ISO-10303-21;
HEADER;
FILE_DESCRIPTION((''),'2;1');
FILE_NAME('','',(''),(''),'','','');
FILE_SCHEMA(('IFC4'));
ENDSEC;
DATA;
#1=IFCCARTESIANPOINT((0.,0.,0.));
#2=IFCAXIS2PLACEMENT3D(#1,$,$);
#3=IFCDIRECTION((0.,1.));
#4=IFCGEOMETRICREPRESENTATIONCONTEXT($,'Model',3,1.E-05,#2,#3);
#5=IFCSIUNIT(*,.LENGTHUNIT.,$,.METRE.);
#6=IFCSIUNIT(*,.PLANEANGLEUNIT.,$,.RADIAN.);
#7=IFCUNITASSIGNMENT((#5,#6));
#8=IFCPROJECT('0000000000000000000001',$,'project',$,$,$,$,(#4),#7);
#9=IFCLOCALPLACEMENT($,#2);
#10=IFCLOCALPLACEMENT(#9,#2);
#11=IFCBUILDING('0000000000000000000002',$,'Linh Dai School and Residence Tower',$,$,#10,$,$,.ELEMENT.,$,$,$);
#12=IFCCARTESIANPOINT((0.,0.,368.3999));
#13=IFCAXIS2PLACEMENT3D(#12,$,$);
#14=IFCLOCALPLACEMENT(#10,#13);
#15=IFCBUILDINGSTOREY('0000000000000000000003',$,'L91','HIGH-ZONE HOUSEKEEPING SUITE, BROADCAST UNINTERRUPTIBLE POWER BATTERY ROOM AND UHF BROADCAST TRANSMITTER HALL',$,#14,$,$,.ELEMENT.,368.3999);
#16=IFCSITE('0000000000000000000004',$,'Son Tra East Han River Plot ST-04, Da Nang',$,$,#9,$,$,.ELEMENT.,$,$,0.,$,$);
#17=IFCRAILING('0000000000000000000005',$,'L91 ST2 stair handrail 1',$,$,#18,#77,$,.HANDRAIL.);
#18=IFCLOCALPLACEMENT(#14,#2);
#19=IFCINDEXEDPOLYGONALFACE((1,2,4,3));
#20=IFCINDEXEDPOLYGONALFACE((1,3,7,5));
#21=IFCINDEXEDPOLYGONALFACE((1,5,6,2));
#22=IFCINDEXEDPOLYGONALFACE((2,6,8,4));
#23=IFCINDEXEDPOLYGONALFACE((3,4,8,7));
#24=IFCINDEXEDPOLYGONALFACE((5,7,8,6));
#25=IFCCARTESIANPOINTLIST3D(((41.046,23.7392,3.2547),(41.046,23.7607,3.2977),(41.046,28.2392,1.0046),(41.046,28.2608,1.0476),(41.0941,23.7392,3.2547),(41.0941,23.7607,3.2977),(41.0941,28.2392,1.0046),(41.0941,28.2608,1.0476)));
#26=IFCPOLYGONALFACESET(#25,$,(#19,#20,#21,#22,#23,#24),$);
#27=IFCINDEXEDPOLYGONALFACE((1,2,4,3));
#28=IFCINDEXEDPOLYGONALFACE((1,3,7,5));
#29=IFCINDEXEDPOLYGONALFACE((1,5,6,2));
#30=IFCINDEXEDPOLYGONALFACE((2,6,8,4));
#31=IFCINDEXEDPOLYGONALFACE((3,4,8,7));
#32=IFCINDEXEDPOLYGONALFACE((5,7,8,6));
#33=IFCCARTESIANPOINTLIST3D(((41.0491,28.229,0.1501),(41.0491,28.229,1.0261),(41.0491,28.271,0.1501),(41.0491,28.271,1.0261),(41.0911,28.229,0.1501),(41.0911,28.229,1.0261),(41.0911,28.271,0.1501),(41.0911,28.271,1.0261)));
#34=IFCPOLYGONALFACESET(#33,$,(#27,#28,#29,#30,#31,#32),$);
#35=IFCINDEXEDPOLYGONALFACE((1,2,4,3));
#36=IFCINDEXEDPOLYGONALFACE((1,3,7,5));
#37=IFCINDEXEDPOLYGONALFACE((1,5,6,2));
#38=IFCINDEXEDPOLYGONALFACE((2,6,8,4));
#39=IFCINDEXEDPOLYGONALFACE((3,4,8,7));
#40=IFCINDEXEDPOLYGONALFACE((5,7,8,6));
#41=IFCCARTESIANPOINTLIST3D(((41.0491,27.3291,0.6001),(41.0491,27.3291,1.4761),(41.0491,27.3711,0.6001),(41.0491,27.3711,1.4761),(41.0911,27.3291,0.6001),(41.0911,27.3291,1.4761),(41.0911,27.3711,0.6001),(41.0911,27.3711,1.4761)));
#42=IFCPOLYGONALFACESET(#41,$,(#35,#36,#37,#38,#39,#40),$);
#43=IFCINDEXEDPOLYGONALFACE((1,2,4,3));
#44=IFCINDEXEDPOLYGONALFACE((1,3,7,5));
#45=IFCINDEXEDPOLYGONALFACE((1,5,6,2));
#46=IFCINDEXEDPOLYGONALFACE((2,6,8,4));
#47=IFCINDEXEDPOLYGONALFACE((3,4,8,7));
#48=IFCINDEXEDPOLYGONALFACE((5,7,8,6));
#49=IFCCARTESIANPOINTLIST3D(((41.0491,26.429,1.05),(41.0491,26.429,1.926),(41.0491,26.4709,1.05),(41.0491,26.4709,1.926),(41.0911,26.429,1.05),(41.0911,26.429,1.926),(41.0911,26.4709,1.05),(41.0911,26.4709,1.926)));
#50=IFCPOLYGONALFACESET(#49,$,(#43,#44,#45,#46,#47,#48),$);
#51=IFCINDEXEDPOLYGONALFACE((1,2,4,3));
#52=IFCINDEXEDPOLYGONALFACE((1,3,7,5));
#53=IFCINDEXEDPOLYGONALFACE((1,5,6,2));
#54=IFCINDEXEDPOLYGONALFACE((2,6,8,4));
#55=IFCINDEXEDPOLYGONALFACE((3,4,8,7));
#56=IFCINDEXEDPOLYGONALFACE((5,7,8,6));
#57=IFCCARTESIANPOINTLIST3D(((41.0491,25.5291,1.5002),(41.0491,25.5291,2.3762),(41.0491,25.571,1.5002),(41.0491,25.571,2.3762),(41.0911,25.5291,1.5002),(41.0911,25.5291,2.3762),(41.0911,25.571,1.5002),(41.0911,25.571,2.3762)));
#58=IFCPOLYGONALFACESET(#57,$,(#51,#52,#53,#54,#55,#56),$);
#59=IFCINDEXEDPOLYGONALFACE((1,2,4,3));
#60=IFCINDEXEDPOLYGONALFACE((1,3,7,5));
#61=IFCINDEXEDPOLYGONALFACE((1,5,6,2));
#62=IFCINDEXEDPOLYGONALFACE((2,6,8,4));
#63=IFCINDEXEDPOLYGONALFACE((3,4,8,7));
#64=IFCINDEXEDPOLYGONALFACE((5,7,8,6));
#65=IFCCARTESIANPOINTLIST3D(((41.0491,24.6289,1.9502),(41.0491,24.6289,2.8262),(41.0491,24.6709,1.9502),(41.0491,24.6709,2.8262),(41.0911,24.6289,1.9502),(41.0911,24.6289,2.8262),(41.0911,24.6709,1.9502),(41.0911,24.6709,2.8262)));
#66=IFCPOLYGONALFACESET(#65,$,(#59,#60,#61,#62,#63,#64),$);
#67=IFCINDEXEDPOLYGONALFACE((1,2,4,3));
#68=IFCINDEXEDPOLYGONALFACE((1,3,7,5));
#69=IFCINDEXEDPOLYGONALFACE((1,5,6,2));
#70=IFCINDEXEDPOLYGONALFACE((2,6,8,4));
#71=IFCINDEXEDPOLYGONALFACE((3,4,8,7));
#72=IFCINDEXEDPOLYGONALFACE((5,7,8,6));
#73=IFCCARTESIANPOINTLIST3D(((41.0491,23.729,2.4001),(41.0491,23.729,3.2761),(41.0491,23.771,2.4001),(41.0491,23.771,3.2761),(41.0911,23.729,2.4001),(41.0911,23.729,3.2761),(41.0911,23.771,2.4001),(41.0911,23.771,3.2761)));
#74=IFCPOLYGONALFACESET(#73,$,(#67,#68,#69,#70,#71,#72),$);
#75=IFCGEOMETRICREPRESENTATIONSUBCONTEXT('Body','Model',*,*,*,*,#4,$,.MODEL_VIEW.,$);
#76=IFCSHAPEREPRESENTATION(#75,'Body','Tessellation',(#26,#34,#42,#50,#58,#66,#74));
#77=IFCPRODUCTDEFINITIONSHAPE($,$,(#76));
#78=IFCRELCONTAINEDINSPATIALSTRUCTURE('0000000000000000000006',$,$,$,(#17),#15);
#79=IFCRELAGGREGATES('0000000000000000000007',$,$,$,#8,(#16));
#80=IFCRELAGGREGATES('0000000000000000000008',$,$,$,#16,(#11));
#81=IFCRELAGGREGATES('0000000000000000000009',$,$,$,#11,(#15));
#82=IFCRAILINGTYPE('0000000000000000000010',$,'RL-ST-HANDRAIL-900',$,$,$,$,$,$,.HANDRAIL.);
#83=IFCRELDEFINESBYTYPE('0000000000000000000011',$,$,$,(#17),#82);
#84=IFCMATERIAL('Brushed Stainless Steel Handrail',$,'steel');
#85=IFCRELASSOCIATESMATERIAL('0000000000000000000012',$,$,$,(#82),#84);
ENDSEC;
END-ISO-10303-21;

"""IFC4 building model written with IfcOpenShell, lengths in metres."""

from ifc_helpers import new_model, si_unit, direction, frame, origin, origin_2d, place, context, subcontext, project, spatial, rectangle, extrude, source, transform, mapped, material, type_object, element, save


model = new_model("IFC4")

# Units and contexts
model_context = context("Model", 3, precision=1e-05, world=origin(), true_north=direction((0.0, 1.0)))
body_context = subcontext(model_context, "Body", "Model", "MODEL_VIEW")
ifc_project = project(units=[si_unit("LENGTHUNIT", "METRE"), si_unit("PLANEANGLEUNIT", "RADIAN")], contexts=[model_context])

# Site, building, storey
site_placement = place(None, origin())
site = spatial("IfcSite", under=ifc_project, at=site_placement, Name="Son Tra East Han River Plot ST-04, Da Nang", CompositionType="ELEMENT", RefElevation=0.0)
building_placement = place(site_placement, origin())
building = spatial("IfcBuilding", under=site, at=building_placement, Name="Linh Dai School and Residence Tower", CompositionType="ELEMENT")
storey_placement = place(building_placement, frame((0.0, 0.0, 368.3999)))
storey = spatial("IfcBuildingStorey", under=building, at=storey_placement, Name="L91", Description="HIGH-ZONE HOUSEKEEPING SUITE, BROADCAST UNINTERRUPTIBLE POWER BATTERY ROOM AND UHF BROADCAST TRANSMITTER HALL", CompositionType="ELEMENT", Elevation=368.3999)

# Railing
ifc_material_1 = material(Name="Brushed Stainless Steel Handrail", Category="steel")
railing_type_1 = type_object("IfcRailingType", Name="RL-ST-HANDRAIL-900", PredefinedType="HANDRAIL", material=ifc_material_1)
shared_shape_1 = source(origin(), body_context, "Body", "SweptSolid", [
    extrude(rectangle(XDim=0.0481, YDim=0.0481, at=origin_2d()), frame((0.0, 0.0, 0.876), z_axis=(0.0, -0.894427, 0.447214), x_axis=(1.0, 0.0, 0.0)), (0.0, 0.0, 1.0), 5.0312),
    extrude(rectangle(XDim=0.042, YDim=0.042, at=origin_2d()), origin(), (0.0, 0.0, 1.0), 0.876),
    extrude(rectangle(XDim=0.042, YDim=0.042, at=origin_2d()), frame((0.0, -0.8999, 0.45)), (0.0, 0.0, 1.0), 0.876),
    extrude(rectangle(XDim=0.042, YDim=0.042, at=origin_2d()), frame((0.0, -1.8, 0.8999)), (0.0, 0.0, 1.0), 0.876),
    extrude(rectangle(XDim=0.042, YDim=0.042, at=origin_2d()), frame((0.0, -2.7, 1.3501)), (0.0, 0.0, 1.0), 0.876),
    extrude(rectangle(XDim=0.042, YDim=0.042, at=origin_2d()), frame((0.0, -3.6001, 1.8)), (0.0, 0.0, 1.0), 0.876),
    extrude(rectangle(XDim=0.042, YDim=0.042, at=origin_2d()), frame((0.0, -4.5, 2.25)), (0.0, 0.0, 1.0), 0.876),
])
railing_1_placement = place(storey_placement, frame((41.0701, 28.25, 0.1501)))
element("IfcRailing", 1, at=railing_1_placement, inside=storey, type_object=railing_type_1, Name="L91 ST2 stair handrail 1", PredefinedType="HANDRAIL", context=body_context, shape_type="MappedRepresentation", body=[
    mapped(shared_shape_1, transform((0.0, 0.0, 0.0), x_axis=(1.0, 0.0, 0.0), y_axis=(0.0, 1.0, 0.0), z_axis=(0.0, 0.0, 1.0), scale=1.0)),
])

save(model, "model.ifc")
